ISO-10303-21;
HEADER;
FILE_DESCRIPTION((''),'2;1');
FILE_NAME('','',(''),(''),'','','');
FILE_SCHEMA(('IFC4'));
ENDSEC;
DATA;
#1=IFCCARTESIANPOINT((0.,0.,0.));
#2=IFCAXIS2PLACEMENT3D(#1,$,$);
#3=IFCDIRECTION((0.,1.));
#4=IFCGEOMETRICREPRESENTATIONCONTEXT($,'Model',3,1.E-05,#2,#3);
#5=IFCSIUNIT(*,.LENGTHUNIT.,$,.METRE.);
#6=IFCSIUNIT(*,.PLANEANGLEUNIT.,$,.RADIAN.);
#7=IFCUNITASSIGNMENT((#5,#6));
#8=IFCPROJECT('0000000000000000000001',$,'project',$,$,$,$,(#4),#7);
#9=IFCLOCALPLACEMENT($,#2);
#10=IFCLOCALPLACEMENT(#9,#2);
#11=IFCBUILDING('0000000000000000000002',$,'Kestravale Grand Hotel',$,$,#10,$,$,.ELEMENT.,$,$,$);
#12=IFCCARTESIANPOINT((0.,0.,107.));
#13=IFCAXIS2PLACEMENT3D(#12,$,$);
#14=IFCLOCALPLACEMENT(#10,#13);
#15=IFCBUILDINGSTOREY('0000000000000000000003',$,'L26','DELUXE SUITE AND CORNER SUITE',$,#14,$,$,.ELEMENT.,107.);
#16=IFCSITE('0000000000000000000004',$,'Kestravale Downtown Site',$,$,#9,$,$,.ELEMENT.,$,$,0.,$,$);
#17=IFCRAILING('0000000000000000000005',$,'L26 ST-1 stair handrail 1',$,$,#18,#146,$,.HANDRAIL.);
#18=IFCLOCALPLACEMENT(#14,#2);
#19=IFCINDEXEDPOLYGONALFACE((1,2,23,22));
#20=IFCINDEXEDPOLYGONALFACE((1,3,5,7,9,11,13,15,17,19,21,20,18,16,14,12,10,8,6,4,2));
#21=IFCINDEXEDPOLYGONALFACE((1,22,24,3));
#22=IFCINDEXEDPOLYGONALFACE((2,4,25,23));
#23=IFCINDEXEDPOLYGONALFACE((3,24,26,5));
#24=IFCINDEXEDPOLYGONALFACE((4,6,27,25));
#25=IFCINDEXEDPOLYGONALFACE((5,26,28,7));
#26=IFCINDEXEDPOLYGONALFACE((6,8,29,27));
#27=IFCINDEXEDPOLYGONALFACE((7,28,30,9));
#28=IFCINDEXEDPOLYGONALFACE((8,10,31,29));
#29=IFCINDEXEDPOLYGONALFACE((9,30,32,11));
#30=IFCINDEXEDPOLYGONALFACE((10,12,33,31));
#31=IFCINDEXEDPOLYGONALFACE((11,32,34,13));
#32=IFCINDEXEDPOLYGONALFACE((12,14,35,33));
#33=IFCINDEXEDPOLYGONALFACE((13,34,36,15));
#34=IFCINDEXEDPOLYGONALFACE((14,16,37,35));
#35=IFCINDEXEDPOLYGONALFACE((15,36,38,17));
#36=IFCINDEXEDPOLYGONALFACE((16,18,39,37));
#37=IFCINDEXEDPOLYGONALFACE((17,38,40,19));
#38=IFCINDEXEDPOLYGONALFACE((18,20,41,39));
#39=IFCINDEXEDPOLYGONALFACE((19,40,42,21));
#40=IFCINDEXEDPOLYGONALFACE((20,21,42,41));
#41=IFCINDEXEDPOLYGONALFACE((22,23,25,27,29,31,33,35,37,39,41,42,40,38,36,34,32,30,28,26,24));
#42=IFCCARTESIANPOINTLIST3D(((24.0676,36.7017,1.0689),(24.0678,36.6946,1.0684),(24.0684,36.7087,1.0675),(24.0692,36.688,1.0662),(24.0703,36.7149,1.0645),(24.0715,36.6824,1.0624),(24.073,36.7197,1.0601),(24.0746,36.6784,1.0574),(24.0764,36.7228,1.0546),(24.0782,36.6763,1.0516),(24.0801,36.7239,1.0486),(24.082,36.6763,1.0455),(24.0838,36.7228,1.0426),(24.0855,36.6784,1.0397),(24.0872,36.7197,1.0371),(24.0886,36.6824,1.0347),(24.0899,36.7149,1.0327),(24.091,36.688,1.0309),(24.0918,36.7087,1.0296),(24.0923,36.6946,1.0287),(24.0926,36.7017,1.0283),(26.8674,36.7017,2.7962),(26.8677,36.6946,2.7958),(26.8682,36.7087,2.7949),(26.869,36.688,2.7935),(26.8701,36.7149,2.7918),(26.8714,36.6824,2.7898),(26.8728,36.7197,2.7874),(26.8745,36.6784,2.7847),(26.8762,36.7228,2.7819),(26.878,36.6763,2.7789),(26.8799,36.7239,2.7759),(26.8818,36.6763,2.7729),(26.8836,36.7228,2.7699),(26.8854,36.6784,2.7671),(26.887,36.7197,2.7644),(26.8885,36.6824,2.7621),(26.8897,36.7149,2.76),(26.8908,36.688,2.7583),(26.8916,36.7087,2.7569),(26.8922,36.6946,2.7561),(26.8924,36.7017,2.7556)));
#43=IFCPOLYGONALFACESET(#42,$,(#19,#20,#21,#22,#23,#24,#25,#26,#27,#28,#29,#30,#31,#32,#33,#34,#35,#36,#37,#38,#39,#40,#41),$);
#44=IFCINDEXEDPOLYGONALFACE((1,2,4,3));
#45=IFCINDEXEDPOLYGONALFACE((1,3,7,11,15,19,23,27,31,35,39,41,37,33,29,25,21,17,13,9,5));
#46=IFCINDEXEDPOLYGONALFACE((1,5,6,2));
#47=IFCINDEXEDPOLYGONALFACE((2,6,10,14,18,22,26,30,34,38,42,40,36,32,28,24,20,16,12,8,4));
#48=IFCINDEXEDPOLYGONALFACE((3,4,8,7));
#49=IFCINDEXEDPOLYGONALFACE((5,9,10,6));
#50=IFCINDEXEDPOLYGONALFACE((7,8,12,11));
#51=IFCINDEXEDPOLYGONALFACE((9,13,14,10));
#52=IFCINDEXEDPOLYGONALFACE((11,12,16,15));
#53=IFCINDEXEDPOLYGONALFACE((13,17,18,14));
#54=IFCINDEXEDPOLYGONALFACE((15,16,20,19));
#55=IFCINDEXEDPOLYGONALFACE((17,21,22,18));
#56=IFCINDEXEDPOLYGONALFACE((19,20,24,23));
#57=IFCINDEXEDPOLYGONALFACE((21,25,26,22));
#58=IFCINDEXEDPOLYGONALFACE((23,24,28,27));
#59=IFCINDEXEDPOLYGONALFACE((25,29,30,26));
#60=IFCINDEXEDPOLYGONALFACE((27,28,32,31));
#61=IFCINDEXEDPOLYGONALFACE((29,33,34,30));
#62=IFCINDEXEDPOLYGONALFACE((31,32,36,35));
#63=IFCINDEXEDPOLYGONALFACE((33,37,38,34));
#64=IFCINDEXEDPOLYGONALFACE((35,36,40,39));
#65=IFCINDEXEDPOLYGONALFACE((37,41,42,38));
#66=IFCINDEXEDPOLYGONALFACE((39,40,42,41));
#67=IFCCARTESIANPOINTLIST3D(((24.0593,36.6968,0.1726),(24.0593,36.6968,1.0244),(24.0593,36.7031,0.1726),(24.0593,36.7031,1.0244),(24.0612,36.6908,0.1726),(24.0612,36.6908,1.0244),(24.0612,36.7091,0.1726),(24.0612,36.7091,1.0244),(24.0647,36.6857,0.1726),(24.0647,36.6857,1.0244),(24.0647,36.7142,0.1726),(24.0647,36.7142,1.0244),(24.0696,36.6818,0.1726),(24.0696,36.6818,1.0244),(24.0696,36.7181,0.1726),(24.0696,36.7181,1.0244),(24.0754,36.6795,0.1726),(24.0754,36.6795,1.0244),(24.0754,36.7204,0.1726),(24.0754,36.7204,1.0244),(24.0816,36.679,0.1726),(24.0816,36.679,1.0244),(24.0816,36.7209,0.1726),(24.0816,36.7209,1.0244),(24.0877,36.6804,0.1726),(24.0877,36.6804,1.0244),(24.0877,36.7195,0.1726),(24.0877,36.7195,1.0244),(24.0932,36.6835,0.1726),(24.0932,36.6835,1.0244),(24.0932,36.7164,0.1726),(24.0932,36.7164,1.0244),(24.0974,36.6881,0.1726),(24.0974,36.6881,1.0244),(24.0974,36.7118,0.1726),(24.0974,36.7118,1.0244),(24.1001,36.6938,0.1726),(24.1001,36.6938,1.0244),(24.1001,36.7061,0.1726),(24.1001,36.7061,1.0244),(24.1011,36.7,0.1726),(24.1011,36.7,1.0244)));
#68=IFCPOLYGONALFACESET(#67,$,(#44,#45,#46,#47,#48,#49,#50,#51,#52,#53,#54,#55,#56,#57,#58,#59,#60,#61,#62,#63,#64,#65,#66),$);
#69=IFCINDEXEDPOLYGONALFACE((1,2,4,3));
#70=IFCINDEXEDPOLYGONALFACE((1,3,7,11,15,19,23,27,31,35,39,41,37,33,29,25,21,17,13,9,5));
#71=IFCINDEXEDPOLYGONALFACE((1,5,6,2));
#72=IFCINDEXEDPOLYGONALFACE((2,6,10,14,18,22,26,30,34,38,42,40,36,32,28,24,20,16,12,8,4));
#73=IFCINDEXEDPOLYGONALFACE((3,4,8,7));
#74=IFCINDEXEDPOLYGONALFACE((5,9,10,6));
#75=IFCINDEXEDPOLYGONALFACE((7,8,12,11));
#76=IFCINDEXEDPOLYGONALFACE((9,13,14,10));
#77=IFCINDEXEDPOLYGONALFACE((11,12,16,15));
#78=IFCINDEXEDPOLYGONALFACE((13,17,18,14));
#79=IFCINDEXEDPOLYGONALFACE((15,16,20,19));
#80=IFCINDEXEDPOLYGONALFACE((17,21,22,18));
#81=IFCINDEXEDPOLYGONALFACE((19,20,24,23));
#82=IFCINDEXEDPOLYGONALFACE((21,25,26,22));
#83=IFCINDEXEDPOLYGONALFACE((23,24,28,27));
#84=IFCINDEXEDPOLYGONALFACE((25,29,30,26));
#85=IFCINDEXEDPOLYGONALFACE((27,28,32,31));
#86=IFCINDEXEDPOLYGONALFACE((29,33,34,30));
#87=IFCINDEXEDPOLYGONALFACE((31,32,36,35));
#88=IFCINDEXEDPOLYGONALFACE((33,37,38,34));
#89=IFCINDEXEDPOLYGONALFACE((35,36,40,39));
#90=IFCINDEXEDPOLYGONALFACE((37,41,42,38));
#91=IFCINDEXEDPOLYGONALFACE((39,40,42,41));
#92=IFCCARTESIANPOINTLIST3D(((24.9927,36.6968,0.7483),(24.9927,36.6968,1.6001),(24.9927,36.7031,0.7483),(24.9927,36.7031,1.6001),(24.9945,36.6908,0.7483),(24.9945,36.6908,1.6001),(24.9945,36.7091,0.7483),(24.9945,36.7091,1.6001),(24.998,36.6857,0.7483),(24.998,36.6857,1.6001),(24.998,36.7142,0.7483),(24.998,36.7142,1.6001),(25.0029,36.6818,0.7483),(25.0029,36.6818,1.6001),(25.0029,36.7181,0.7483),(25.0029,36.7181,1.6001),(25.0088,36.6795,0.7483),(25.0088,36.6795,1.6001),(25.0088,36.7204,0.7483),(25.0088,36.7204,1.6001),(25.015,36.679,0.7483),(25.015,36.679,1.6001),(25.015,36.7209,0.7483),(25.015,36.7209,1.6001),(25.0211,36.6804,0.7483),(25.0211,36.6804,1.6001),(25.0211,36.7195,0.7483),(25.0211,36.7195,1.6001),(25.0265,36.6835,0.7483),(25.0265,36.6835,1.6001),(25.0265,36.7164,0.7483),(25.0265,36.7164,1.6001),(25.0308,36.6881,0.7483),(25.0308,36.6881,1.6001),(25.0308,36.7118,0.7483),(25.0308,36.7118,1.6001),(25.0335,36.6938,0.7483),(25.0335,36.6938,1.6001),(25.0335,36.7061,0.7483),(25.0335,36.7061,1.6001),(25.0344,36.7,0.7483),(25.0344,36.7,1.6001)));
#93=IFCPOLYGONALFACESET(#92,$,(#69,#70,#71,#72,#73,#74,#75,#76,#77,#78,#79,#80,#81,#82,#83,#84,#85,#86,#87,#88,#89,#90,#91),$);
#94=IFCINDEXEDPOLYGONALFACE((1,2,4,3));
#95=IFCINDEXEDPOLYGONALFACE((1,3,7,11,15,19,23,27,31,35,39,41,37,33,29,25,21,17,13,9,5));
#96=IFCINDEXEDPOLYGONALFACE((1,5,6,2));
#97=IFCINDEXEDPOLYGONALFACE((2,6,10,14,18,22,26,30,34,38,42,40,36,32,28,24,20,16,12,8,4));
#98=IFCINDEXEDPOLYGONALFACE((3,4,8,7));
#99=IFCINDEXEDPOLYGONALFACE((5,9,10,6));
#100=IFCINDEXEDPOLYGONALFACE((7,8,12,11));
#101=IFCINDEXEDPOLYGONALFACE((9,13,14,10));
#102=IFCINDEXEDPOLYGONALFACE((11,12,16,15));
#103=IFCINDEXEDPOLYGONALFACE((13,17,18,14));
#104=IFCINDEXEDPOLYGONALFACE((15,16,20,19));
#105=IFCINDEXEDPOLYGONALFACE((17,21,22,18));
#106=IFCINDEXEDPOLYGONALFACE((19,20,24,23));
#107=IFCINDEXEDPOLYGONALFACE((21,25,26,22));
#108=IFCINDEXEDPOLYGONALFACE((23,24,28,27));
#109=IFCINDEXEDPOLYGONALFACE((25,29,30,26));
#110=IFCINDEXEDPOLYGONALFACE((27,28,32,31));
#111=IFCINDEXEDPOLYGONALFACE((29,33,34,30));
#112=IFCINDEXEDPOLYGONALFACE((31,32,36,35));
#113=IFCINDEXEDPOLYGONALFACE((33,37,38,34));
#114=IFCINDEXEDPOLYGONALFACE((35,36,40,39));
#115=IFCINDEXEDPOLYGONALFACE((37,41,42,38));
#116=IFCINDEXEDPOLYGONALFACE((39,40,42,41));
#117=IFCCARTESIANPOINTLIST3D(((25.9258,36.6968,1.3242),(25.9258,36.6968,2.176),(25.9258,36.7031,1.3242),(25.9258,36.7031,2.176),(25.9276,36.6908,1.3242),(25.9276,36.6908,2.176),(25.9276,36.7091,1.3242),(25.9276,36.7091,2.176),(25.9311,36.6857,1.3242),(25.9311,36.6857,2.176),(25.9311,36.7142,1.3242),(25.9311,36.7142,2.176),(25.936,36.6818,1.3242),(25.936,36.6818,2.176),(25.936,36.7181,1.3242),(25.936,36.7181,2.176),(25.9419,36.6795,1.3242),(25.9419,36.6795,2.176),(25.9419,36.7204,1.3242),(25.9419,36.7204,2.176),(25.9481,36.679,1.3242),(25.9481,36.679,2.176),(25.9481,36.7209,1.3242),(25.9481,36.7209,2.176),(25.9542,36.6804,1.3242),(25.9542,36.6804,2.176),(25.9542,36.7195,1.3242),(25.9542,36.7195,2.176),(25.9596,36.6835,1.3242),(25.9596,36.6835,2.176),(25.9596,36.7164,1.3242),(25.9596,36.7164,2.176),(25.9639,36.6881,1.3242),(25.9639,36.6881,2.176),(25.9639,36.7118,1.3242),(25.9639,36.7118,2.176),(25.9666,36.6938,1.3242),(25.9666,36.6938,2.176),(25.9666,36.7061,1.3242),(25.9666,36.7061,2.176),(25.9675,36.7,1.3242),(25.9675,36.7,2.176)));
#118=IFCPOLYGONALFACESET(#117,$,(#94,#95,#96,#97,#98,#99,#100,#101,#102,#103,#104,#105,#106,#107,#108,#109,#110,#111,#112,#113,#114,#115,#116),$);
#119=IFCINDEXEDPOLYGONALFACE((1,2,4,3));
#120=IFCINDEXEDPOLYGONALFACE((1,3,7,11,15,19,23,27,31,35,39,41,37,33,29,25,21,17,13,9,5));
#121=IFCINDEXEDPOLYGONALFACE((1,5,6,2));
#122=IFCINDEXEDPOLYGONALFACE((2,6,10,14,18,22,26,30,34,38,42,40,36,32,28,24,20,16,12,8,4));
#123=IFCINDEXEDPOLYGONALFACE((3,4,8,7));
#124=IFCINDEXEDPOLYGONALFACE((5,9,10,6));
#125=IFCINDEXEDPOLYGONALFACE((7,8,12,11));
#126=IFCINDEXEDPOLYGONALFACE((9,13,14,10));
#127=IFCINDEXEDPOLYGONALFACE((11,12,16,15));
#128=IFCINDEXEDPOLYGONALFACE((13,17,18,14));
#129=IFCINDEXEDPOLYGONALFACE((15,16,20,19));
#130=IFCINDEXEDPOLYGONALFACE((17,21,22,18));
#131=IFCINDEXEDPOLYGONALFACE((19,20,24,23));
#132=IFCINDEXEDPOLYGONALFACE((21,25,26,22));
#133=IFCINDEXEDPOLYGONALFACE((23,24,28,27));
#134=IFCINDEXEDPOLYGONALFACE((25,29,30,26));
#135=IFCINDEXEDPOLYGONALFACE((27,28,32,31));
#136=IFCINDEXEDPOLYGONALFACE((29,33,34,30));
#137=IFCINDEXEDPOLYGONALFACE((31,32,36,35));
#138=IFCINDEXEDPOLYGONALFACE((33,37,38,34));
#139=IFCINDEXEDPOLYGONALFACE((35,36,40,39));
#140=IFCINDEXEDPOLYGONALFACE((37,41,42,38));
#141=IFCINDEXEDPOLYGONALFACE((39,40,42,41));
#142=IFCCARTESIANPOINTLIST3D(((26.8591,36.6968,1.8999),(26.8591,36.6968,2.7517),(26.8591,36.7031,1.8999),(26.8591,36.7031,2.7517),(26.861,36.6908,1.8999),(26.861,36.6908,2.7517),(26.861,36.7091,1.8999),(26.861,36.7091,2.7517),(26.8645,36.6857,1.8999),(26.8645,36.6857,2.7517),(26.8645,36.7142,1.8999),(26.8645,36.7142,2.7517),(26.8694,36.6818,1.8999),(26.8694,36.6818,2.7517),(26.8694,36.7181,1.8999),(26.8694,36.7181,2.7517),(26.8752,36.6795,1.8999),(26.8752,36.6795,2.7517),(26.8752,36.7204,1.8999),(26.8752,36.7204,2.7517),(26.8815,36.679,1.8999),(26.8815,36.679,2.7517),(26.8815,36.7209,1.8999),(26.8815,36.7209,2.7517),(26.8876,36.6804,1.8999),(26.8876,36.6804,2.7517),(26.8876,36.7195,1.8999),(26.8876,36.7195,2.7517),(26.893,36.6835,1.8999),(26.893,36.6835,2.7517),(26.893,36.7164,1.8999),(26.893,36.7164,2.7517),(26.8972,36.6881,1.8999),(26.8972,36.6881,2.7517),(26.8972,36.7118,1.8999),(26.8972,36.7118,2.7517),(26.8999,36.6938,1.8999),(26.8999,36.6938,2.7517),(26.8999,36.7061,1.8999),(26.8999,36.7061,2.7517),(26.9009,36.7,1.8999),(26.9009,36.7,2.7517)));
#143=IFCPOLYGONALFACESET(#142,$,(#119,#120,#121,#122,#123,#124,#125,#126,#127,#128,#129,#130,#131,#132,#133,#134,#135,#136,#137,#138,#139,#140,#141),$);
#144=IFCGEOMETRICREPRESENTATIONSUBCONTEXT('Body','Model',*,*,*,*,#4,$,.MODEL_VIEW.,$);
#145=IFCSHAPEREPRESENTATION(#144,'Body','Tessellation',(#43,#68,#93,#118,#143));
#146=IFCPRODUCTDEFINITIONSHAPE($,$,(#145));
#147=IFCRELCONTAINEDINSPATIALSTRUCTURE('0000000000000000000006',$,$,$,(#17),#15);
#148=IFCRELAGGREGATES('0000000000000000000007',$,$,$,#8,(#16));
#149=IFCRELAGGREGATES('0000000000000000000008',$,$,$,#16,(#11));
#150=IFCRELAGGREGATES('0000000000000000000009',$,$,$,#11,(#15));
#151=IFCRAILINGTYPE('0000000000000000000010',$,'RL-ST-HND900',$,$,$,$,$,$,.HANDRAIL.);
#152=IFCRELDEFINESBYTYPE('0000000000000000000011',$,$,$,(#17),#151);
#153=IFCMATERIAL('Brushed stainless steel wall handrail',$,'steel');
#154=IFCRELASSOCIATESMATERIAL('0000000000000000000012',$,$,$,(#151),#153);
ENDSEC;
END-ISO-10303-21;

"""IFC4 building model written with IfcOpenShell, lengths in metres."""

from ifc_helpers import new_model, si_unit, direction, frame, origin, origin_2d, place, context, subcontext, project, spatial, circle, extrude, material, type_object, element, save


model = new_model("IFC4")

# Units and contexts
model_context = context("Model", 3, precision=1e-05, world=origin(), true_north=direction((0.0, 1.0)))
body_context = subcontext(model_context, "Body", "Model", "MODEL_VIEW")
ifc_project = project(units=[si_unit("LENGTHUNIT", "METRE"), si_unit("PLANEANGLEUNIT", "RADIAN")], contexts=[model_context])

# Site, building, storey
site_placement = place(None, origin())
site = spatial("IfcSite", under=ifc_project, at=site_placement, Name="Kestravale Downtown Site", CompositionType="ELEMENT", RefElevation=0.0)
building_placement = place(site_placement, origin())
building = spatial("IfcBuilding", under=site, at=building_placement, Name="Kestravale Grand Hotel", CompositionType="ELEMENT")
storey_placement = place(building_placement, frame((0.0, 0.0, 107.0)))
storey = spatial("IfcBuildingStorey", under=building, at=storey_placement, Name="L26", Description="DELUXE SUITE AND CORNER SUITE", CompositionType="ELEMENT", Elevation=107.0)

# Railing
ifc_material_1 = material(Name="Brushed stainless steel wall handrail", Category="steel")
railing_type_1 = type_object("IfcRailingType", Name="RL-ST-HND900", PredefinedType="HANDRAIL", material=ifc_material_1)
railing_1_placement = place(storey_placement, frame((24.0801, 36.7, 0.1726)))
element("IfcRailing", 1, at=railing_1_placement, inside=storey, type_object=railing_type_1, Name="L26 ST-1 stair handrail 1", PredefinedType="HANDRAIL", context=body_context, shape_type="SweptSolid", body=[
    extrude(circle(Radius=0.0239, at=origin_2d()), frame((0.0, 0.0, 0.876), z_axis=(0.851069, 0.0, 0.525054), x_axis=(0.0, 1.0, 0.0)), (0.0, 0.0, 1.0), 3.2898),
    extrude(circle(Radius=0.021, at=origin_2d()), origin(), (0.0, 0.0, 1.0), 0.8518),
    extrude(circle(Radius=0.021, at=origin_2d()), frame((0.9333, 0.0, 0.5757)), (0.0, 0.0, 1.0), 0.8518),
    extrude(circle(Radius=0.021, at=origin_2d()), frame((1.8665, 0.0, 1.1516)), (0.0, 0.0, 1.0), 0.8518),
    extrude(circle(Radius=0.021, at=origin_2d()), frame((2.7998, 0.0, 1.7273)), (0.0, 0.0, 1.0), 0.8518),
])

save(model, "model.ifc")
